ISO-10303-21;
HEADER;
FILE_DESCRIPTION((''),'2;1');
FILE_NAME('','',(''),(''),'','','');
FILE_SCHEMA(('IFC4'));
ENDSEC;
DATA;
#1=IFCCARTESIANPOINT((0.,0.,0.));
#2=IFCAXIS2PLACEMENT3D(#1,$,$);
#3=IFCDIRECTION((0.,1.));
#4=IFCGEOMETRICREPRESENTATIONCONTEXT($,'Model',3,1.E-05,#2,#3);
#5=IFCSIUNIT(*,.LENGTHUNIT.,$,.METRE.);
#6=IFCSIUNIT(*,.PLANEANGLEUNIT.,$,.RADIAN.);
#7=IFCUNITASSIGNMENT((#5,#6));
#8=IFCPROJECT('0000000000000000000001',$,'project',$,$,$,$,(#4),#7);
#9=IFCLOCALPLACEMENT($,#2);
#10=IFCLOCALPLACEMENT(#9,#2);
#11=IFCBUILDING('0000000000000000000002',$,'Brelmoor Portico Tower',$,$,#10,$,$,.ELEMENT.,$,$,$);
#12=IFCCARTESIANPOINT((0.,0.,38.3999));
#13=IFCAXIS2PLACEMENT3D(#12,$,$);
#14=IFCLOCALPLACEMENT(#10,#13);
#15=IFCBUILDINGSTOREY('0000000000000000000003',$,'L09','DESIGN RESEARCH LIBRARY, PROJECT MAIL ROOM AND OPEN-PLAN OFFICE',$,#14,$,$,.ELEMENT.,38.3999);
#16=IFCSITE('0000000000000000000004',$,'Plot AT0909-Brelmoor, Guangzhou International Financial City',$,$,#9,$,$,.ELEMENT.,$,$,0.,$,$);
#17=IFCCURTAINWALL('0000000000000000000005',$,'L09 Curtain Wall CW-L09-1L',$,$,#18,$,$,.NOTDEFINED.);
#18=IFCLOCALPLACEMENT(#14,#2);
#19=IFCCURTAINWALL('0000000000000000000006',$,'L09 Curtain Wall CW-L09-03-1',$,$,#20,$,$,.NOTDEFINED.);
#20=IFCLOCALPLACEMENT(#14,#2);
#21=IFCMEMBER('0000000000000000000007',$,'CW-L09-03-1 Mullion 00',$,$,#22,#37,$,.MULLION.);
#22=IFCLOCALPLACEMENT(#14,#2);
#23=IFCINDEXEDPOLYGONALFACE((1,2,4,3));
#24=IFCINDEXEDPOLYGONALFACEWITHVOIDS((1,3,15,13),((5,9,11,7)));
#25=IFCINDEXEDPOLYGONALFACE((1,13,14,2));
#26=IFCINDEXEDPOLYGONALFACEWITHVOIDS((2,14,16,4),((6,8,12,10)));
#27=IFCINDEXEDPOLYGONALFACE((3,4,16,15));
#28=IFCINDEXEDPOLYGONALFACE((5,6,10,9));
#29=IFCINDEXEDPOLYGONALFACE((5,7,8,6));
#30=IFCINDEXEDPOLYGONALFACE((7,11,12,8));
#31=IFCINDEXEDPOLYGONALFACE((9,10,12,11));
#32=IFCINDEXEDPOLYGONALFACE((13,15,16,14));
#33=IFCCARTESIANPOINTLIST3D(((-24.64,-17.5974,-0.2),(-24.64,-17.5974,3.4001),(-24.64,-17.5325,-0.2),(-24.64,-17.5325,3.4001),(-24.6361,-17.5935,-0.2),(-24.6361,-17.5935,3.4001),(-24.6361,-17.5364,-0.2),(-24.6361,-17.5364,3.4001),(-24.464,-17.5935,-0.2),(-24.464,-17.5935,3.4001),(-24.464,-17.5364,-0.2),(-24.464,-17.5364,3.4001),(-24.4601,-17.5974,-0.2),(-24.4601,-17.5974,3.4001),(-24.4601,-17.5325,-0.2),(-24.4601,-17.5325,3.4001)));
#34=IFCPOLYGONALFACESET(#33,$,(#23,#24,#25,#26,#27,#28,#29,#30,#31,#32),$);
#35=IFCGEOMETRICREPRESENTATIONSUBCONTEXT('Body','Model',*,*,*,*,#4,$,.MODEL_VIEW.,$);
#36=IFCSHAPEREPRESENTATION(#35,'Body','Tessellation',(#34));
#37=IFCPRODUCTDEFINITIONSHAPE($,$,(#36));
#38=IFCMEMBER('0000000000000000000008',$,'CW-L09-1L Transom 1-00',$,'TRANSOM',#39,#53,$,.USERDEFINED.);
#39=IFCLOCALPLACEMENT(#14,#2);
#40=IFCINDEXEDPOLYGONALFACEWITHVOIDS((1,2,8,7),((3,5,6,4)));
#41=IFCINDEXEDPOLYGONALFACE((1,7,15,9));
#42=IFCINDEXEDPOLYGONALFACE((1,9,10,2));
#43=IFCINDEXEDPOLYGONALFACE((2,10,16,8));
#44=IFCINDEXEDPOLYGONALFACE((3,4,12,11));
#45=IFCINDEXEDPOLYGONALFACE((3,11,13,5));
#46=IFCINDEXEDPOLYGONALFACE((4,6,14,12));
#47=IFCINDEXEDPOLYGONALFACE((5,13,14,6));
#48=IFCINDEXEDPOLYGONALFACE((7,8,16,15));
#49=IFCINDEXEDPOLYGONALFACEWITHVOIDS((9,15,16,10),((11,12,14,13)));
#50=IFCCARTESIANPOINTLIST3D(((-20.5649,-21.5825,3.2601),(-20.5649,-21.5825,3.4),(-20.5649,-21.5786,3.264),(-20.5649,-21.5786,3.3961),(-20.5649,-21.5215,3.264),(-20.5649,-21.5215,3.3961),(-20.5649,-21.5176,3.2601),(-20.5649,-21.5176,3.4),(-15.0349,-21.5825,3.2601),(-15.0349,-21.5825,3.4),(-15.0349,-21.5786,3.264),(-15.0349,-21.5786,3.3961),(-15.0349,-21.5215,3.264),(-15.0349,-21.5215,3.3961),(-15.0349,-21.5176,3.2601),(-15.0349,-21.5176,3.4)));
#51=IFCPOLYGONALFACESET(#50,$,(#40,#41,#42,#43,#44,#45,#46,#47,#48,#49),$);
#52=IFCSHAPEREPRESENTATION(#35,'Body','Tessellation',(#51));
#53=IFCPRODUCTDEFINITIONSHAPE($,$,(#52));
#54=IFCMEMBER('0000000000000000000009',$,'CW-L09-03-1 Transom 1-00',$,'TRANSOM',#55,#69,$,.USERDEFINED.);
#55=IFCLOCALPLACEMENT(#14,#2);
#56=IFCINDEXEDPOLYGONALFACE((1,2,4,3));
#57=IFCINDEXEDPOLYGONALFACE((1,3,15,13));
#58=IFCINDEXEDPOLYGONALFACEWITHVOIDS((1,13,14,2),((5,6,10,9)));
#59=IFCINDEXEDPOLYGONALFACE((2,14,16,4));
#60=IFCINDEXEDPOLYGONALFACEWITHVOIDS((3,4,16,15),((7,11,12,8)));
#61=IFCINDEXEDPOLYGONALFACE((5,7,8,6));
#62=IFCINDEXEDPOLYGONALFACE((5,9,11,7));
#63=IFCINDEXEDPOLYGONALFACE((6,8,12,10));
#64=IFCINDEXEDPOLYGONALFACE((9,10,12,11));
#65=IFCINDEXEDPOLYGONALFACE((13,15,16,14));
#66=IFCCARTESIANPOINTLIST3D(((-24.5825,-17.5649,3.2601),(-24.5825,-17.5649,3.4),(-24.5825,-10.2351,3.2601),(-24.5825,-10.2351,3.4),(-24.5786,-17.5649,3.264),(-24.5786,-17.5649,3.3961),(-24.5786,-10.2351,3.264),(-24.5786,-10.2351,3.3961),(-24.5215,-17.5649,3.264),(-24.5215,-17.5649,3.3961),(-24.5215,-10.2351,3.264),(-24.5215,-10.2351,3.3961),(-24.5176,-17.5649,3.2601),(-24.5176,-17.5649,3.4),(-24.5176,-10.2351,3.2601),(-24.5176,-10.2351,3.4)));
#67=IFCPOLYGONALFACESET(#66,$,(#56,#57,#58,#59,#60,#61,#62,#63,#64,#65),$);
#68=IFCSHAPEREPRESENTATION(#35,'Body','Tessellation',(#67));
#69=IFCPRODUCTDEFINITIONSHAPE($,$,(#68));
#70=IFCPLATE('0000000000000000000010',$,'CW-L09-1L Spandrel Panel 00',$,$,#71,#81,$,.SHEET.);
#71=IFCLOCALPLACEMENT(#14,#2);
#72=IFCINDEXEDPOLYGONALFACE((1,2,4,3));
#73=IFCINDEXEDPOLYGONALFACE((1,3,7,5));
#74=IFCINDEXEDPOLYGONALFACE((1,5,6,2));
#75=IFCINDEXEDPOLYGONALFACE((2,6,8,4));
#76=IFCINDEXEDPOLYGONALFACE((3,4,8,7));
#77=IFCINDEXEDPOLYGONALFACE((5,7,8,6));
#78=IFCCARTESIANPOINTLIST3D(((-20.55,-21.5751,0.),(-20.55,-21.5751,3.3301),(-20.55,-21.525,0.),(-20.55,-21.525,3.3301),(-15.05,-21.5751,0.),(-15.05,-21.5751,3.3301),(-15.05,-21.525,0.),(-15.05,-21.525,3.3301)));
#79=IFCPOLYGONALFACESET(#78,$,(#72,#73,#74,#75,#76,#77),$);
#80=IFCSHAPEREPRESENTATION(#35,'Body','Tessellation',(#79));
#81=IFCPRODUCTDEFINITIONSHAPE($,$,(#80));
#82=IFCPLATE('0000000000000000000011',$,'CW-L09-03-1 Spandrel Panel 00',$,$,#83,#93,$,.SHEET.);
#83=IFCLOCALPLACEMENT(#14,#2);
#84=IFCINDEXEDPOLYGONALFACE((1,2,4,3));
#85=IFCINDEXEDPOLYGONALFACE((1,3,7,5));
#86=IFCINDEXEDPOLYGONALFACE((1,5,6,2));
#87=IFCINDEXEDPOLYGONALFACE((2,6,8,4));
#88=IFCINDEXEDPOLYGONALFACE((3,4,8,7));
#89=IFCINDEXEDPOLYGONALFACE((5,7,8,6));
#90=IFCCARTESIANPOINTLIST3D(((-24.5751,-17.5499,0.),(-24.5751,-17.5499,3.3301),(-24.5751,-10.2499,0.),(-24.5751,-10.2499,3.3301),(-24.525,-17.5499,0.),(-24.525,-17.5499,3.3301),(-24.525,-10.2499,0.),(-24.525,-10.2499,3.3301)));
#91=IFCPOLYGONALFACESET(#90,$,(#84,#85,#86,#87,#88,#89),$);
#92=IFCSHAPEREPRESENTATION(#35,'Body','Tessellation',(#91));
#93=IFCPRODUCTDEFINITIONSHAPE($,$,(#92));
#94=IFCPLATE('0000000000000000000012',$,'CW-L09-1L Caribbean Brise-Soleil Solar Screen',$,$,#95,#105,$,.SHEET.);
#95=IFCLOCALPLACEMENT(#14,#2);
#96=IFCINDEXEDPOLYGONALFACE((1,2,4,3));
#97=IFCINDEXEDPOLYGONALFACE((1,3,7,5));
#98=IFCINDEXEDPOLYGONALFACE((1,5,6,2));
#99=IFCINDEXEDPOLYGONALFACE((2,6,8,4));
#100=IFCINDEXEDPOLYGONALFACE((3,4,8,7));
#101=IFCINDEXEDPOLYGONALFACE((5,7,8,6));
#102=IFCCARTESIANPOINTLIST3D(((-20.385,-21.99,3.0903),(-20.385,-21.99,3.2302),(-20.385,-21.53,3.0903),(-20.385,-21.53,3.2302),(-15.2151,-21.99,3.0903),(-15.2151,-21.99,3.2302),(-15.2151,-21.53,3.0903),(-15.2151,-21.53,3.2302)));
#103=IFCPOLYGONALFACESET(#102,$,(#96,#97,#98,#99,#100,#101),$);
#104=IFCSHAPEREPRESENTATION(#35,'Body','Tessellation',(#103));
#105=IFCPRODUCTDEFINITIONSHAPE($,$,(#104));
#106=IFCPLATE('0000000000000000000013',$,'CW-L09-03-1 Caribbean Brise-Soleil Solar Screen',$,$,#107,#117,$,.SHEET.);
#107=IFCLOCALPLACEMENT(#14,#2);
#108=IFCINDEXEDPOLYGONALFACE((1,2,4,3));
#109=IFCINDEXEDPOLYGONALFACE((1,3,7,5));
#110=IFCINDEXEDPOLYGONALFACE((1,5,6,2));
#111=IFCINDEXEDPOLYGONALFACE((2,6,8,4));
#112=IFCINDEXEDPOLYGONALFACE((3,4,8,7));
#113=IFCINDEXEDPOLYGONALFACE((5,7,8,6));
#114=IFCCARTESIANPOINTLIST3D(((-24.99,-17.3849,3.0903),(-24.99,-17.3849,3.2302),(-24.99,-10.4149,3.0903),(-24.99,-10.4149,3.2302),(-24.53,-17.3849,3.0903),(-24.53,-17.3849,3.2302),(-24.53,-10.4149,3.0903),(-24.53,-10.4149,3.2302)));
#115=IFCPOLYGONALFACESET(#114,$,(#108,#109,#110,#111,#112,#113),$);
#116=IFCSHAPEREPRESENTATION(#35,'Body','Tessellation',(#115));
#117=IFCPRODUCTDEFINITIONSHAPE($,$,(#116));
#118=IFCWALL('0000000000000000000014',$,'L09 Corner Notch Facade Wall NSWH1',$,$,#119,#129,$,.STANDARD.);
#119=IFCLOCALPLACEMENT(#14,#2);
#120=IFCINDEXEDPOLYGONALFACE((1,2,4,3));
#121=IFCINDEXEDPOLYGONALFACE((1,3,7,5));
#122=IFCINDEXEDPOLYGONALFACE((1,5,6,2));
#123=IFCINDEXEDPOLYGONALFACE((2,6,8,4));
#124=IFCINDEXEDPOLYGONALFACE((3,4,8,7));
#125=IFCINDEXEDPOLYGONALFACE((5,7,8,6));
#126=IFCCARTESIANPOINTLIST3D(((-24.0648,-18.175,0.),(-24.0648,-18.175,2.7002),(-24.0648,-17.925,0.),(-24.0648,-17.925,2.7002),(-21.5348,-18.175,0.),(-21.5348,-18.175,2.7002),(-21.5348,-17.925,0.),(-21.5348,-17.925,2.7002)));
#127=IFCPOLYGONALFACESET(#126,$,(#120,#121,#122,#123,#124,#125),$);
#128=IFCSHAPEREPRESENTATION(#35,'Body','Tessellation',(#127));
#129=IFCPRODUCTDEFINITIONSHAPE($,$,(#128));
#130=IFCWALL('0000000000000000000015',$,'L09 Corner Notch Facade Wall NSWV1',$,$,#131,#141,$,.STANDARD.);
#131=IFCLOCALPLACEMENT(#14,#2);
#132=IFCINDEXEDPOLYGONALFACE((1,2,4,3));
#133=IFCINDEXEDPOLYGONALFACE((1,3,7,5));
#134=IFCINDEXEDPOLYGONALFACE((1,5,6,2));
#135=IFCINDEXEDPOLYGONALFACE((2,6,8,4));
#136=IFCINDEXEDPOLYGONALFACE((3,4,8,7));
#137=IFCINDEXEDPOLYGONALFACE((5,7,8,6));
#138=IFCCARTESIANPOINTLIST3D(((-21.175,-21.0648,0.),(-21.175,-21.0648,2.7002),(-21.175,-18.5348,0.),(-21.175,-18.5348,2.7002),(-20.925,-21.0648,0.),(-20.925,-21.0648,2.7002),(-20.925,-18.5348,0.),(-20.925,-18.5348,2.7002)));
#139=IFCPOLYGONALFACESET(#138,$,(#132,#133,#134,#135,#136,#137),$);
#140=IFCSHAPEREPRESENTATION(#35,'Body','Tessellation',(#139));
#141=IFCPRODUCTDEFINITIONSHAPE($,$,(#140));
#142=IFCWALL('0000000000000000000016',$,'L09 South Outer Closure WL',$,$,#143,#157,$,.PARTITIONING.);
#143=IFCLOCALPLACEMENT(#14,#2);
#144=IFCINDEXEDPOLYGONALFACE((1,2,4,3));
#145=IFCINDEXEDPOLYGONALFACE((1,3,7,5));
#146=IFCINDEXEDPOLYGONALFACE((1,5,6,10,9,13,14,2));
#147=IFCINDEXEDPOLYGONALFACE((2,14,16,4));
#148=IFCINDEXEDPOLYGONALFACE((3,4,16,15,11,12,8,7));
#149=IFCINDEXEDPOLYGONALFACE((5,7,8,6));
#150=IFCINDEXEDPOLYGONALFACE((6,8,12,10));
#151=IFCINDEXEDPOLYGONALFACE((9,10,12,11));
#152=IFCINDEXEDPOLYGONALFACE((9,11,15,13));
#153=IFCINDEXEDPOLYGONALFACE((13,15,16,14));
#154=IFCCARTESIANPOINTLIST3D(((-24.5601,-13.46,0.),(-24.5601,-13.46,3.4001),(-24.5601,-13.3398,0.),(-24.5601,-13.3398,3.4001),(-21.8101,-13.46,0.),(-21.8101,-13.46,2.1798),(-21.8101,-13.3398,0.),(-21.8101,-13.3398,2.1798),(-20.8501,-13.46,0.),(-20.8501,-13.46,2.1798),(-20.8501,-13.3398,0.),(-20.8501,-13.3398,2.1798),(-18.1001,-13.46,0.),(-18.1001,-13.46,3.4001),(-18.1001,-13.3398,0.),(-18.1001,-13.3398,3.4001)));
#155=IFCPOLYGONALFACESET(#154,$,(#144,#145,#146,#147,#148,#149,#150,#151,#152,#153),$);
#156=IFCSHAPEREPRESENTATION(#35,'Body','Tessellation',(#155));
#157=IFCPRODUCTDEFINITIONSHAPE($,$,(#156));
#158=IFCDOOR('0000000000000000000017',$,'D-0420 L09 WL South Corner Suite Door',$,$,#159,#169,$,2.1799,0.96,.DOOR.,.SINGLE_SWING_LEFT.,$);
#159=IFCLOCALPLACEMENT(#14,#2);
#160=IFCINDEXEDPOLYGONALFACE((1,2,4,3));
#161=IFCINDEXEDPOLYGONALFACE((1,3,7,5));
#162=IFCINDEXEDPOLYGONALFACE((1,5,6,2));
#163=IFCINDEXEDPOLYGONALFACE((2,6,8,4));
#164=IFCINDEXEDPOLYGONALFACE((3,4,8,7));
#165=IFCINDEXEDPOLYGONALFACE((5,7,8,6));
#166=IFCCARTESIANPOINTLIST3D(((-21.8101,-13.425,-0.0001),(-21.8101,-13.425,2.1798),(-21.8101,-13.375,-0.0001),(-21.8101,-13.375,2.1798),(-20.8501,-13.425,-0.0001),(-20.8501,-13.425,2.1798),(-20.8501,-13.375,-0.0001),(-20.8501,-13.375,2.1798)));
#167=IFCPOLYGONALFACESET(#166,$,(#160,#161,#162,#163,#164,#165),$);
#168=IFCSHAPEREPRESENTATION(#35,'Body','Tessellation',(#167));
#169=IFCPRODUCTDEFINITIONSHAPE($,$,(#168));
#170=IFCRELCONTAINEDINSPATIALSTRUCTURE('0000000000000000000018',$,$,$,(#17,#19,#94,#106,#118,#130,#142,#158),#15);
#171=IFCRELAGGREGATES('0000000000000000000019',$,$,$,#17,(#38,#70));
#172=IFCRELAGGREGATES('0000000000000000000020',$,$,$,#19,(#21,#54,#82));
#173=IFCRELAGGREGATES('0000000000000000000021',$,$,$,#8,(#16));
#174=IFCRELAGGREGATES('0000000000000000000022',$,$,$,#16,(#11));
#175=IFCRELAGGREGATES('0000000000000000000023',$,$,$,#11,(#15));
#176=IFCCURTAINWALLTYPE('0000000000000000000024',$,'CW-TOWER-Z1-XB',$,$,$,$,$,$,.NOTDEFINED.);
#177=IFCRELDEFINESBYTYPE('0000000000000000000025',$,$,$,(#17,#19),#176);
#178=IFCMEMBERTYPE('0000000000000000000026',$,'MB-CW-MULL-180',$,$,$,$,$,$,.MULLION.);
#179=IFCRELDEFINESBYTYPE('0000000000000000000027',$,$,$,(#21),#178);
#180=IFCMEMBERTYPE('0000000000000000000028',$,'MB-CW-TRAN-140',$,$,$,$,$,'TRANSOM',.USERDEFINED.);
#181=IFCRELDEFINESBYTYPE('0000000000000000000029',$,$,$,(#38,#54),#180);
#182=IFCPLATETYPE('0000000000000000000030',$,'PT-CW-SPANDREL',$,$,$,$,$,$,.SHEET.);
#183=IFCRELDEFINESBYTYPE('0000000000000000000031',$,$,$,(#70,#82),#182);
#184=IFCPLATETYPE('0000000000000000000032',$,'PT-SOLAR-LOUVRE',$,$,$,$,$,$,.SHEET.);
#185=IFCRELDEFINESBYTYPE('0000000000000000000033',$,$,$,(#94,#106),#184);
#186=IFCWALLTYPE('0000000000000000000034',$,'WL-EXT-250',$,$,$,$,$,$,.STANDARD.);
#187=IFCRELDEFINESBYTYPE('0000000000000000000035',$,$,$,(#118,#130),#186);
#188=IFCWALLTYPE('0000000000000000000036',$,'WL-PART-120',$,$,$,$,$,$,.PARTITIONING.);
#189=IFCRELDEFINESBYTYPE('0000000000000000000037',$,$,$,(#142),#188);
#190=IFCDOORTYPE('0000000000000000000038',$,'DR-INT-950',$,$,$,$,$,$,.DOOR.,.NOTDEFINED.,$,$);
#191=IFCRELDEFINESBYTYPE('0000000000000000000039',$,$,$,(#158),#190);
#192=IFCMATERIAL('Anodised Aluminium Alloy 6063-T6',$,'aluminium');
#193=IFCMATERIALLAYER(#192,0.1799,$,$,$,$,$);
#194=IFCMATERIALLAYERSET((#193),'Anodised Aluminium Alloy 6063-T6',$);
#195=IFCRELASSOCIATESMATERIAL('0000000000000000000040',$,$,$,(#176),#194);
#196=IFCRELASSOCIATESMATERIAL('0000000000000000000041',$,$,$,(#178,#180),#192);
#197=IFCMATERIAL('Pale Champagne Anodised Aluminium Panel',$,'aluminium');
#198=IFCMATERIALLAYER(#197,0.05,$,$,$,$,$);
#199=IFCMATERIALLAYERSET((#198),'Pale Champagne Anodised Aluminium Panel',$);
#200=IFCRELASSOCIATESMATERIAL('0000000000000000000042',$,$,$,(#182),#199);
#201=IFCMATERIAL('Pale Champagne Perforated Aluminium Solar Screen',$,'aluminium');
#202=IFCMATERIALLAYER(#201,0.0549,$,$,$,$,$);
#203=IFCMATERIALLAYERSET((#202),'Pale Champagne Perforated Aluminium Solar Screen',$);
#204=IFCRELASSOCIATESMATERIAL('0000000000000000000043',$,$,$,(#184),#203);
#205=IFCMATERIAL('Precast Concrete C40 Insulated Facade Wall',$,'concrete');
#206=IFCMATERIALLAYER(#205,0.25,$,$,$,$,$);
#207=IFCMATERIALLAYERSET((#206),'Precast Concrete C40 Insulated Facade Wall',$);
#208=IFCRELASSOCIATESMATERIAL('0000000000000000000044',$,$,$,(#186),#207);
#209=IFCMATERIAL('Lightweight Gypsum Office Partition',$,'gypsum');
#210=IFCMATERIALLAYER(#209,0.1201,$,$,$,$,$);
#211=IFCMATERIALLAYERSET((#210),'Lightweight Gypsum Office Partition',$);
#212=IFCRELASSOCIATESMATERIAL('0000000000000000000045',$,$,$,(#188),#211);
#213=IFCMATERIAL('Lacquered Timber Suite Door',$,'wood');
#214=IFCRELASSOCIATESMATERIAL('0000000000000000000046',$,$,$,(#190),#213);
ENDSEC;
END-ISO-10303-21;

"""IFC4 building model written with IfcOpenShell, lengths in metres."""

from ifc_helpers import new_model, si_unit, direction, frame, frame_2d, origin, origin_2d, place, context, subcontext, project, spatial, rectangle, hollow_rectangle, extrude, material, layer, layer_set, material_profile, profile_set, type_object, element, fill, aggregate, save


model = new_model("IFC4")

# Units and contexts
model_context = context("Model", 3, precision=1e-05, world=origin(), true_north=direction((0.0, 1.0)))
body_context = subcontext(model_context, "Body", "Model", "MODEL_VIEW")
ifc_project = project(units=[si_unit("LENGTHUNIT", "METRE"), si_unit("PLANEANGLEUNIT", "RADIAN")], contexts=[model_context])

# Site, building, storey
site_placement = place(None, origin())
site = spatial("IfcSite", under=ifc_project, at=site_placement, Name="Plot AT0909-Brelmoor, Guangzhou International Financial City", CompositionType="ELEMENT", RefElevation=0.0)
building_placement = place(site_placement, origin())
building = spatial("IfcBuilding", under=site, at=building_placement, Name="Brelmoor Portico Tower", CompositionType="ELEMENT")
storey_placement = place(building_placement, frame((0.0, 0.0, 38.3999)))
storey = spatial("IfcBuildingStorey", under=building, at=storey_placement, Name="L09", Description="DESIGN RESEARCH LIBRARY, PROJECT MAIL ROOM AND OPEN-PLAN OFFICE", CompositionType="ELEMENT", Elevation=38.3999)

# Curtain wall
ifc_material_1 = material(Name="Anodised Aluminium Alloy 6063-T6", Category="aluminium")
ifc_layer_1 = layer(ifc_material_1, 0.1799)
ifc_layer_set_1 = layer_set([ifc_layer_1], Name="Anodised Aluminium Alloy 6063-T6")
curtain_wall_type = type_object("IfcCurtainWallType", Name="CW-TOWER-Z1-XB", PredefinedType="NOTDEFINED", material=ifc_layer_set_1)
curtain_wall_1_placement = place(storey_placement, origin())
curtain_wall_1 = element("IfcCurtainWall", 1, at=curtain_wall_1_placement, inside=storey, type_object=curtain_wall_type, Name="L09 Curtain Wall CW-L09-1L", PredefinedType="NOTDEFINED")
ifc_material_profile_1 = material_profile(ifc_material_1, hollow_rectangle(XDim=0.0649, YDim=0.1799, WallThickness=0.0039, at=origin_2d()), Name="ALU MULLION 65x180")
ifc_profile_set_1 = profile_set([ifc_material_profile_1], Name="Anodised Aluminium Alloy 6063-T6")
member_type_1 = type_object("IfcMemberType", Name="MB-CW-MULL-180", PredefinedType="MULLION", material=ifc_profile_set_1)

# Curtain wall, member
curtain_wall_2_placement = place(storey_placement, origin())
curtain_wall_2 = element("IfcCurtainWall", 2, at=curtain_wall_2_placement, inside=storey, type_object=curtain_wall_type, Name="L09 Curtain Wall CW-L09-03-1", PredefinedType="NOTDEFINED")
member_1_placement = place(storey_placement, frame((-24.55, -17.5649, -0.2), z_axis=(0.0, 0.0, 1.0), x_axis=(0.0, 1.0, 0.0)))
member_1 = element("IfcMember", 3, at=member_1_placement, type_object=member_type_1, Name="CW-L09-03-1 Mullion 00", PredefinedType="MULLION", context=body_context, shape_type="SweptSolid", body=[
    extrude(hollow_rectangle(XDim=0.0649, YDim=0.1799, WallThickness=0.0039, at=origin_2d()), origin(), (0.0, 0.0, 1.0), 3.6001),
])

# Members
ifc_material_profile_2 = material_profile(ifc_material_1, hollow_rectangle(XDim=0.0649, YDim=0.1399, WallThickness=0.0039, at=origin_2d()), Name="ALU TRANSOM 65x140")
ifc_profile_set_2 = profile_set([ifc_material_profile_2], Name="Anodised Aluminium Alloy 6063-T6")
member_type_2 = type_object("IfcMemberType", Name="MB-CW-TRAN-140", ElementType="TRANSOM", PredefinedType="USERDEFINED", material=ifc_profile_set_2)
member_2_placement = place(storey_placement, frame((-20.5649, -21.55, 3.3301), z_axis=(1.0, 0.0, 0.0), x_axis=(0.0, 1.0, 0.0)))
member_2 = element("IfcMember", 4, at=member_2_placement, type_object=member_type_2, Name="CW-L09-1L Transom 1-00", ObjectType="TRANSOM", PredefinedType="USERDEFINED", context=body_context, shape_type="SweptSolid", body=[
    extrude(hollow_rectangle(XDim=0.0649, YDim=0.1399, WallThickness=0.0039, at=origin_2d()), origin(), (0.0, 0.0, 1.0), 5.53),
])
member_3_placement = place(storey_placement, frame((-24.55, -17.5649, 3.3301), z_axis=(0.0, 1.0, 0.0), x_axis=(-1.0, 0.0, 0.0)))
member_3 = element("IfcMember", 5, at=member_3_placement, type_object=member_type_2, Name="CW-L09-03-1 Transom 1-00", ObjectType="TRANSOM", PredefinedType="USERDEFINED", context=body_context, shape_type="SweptSolid", body=[
    extrude(hollow_rectangle(XDim=0.0649, YDim=0.1399, WallThickness=0.0039, at=origin_2d()), origin(), (0.0, 0.0, 1.0), 7.3298),
])

# Plates
ifc_material_2 = material(Name="Pale Champagne Anodised Aluminium Panel", Category="aluminium")
ifc_layer_2 = layer(ifc_material_2, 0.05)
ifc_layer_set_2 = layer_set([ifc_layer_2], Name="Pale Champagne Anodised Aluminium Panel")
plate_type_1 = type_object("IfcPlateType", Name="PT-CW-SPANDREL", PredefinedType="SHEET", material=ifc_layer_set_2)
plate_1_placement = place(storey_placement, frame((-17.8, -21.55, 0.0), z_axis=(0.0, 0.0, 1.0), x_axis=(1.0, 0.0, 0.0)))
plate_1 = element("IfcPlate", 6, at=plate_1_placement, type_object=plate_type_1, Name="CW-L09-1L Spandrel Panel 00", PredefinedType="SHEET", context=body_context, shape_type="SweptSolid", body=[
    extrude(rectangle(XDim=5.5, YDim=0.05, at=origin_2d()), origin(), (0.0, 0.0, 1.0), 3.3301),
])
aggregate(curtain_wall_1, [member_2, plate_1])
plate_2_placement = place(storey_placement, frame((-24.55, -13.8999, 0.0), z_axis=(0.0, 0.0, 1.0), x_axis=(0.0, 1.0, 0.0)))
plate_2 = element("IfcPlate", 7, at=plate_2_placement, type_object=plate_type_1, Name="CW-L09-03-1 Spandrel Panel 00", PredefinedType="SHEET", context=body_context, shape_type="SweptSolid", body=[
    extrude(rectangle(XDim=7.3, YDim=0.05, at=origin_2d()), origin(), (0.0, 0.0, 1.0), 3.3301),
])
aggregate(curtain_wall_2, [member_1, member_3, plate_2])

# Plates
ifc_material_3 = material(Name="Pale Champagne Perforated Aluminium Solar Screen", Category="aluminium")
ifc_layer_3 = layer(ifc_material_3, 0.0549)
ifc_layer_set_3 = layer_set([ifc_layer_3], Name="Pale Champagne Perforated Aluminium Solar Screen")
plate_type_2 = type_object("IfcPlateType", Name="PT-SOLAR-LOUVRE", PredefinedType="SHEET", material=ifc_layer_set_3)
plate_3_placement = place(storey_placement, frame((-17.8, -21.76, 3.0903), z_axis=(0.0, 0.0, 1.0), x_axis=(1.0, 0.0, 0.0)))
element("IfcPlate", 8, at=plate_3_placement, inside=storey, type_object=plate_type_2, Name="CW-L09-1L Caribbean Brise-Soleil Solar Screen", PredefinedType="SHEET", context=body_context, shape_type="SweptSolid", body=[
    extrude(rectangle(XDim=5.1699, YDim=0.46, at=origin_2d()), origin(), (0.0, 0.0, 1.0), 0.1399),
])
plate_4_placement = place(storey_placement, frame((-24.76, -13.8999, 3.0903), z_axis=(0.0, 0.0, 1.0), x_axis=(0.0, 1.0, 0.0)))
element("IfcPlate", 9, at=plate_4_placement, inside=storey, type_object=plate_type_2, Name="CW-L09-03-1 Caribbean Brise-Soleil Solar Screen", PredefinedType="SHEET", context=body_context, shape_type="SweptSolid", body=[
    extrude(rectangle(XDim=6.97, YDim=0.46, at=origin_2d()), origin(), (0.0, 0.0, 1.0), 0.1399),
])

# Walls
ifc_material_4 = material(Name="Precast Concrete C40 Insulated Facade Wall", Category="concrete")
ifc_layer_4 = layer(ifc_material_4, 0.25)
ifc_layer_set_4 = layer_set([ifc_layer_4], Name="Precast Concrete C40 Insulated Facade Wall")
wall_type_1 = type_object("IfcWallType", Name="WL-EXT-250", PredefinedType="STANDARD", material=ifc_layer_set_4)
for number, where, z_axis, x_axis, name in (
    (10, (-24.0649, -18.05, 0.0), (0.0, 0.0, 1.0), (1.0, 0.0, 0.0), "L09 Corner Notch Facade Wall NSWH1"),
    (11, (-21.05, -21.0649, 0.0), (0.0, 0.0, 1.0), (0.0, 1.0, 0.0), "L09 Corner Notch Facade Wall NSWV1"),
):
    element("IfcWall", number, at=place(storey_placement, frame(where, z_axis=z_axis, x_axis=x_axis)), inside=storey, type_object=wall_type_1, Name=name, PredefinedType="STANDARD", context=body_context, shape_type="SweptSolid", body=[
        extrude(rectangle(XDim=2.53, YDim=0.25, at=frame_2d((1.2651, 0.0))), origin(), (0.0, 0.0, 1.0), 2.7002),
    ])

# Wall, opening, door
ifc_material_5 = material(Name="Lightweight Gypsum Office Partition", Category="gypsum")
ifc_layer_5 = layer(ifc_material_5, 0.1201)
ifc_layer_set_5 = layer_set([ifc_layer_5], Name="Lightweight Gypsum Office Partition")
wall_type_2 = type_object("IfcWallType", Name="WL-PART-120", PredefinedType="PARTITIONING", material=ifc_layer_set_5)
wall_1_placement = place(storey_placement, frame((-24.5601, -13.3999, 0.0), z_axis=(0.0, 0.0, 1.0), x_axis=(1.0, 0.0, 0.0)))
wall_1 = element("IfcWall", 12, at=wall_1_placement, inside=storey, type_object=wall_type_2, Name="L09 South Outer Closure WL", PredefinedType="PARTITIONING", context=body_context, shape_type="SweptSolid", body=[
    extrude(rectangle(XDim=6.46, YDim=0.1201, at=frame_2d((3.23, 0.0))), origin(), (0.0, 0.0, 1.0), 3.4001),
])
opening_1_placement = place(wall_1_placement, frame((2.75, 0.0, 0.0)))
opening_1 = element("IfcOpeningElement", 13, at=opening_1_placement, cuts=wall_1, PredefinedType="OPENING", context=body_context, shape_type="SweptSolid", body=[
    extrude(rectangle(XDim=0.96, YDim=2.1799, at=frame_2d((0.48, 1.0898))), frame((0.0, 0.0701, 0.0), z_axis=(0.0, -1.0, 0.0), x_axis=(1.0, 0.0, 0.0)), (0.0, 0.0, 1.0), 0.1401),
])
ifc_material_6 = material(Name="Lacquered Timber Suite Door", Category="wood")
door_type_1 = type_object("IfcDoorType", Name="DR-INT-950", OperationType="NOTDEFINED", PredefinedType="DOOR", material=ifc_material_6)
door_1_placement = place(opening_1_placement, origin())
door_1 = element("IfcDoor", 14, at=door_1_placement, inside=storey, type_object=door_type_1, Name="D-0420 L09 WL South Corner Suite Door", OperationType="SINGLE_SWING_LEFT", OverallHeight=2.1799, OverallWidth=0.96, PredefinedType="DOOR", context=body_context, shape_type="SweptSolid", body=[
    extrude(rectangle(XDim=0.96, YDim=2.1799, at=frame_2d((0.48, 1.0898))), frame((0.0, 0.0249, 0.0), z_axis=(0.0, -1.0, 0.0), x_axis=(1.0, 0.0, 0.0)), (0.0, 0.0, 1.0), 0.05),
])
fill(opening_1, door_1)

save(model, "model.ifc")
